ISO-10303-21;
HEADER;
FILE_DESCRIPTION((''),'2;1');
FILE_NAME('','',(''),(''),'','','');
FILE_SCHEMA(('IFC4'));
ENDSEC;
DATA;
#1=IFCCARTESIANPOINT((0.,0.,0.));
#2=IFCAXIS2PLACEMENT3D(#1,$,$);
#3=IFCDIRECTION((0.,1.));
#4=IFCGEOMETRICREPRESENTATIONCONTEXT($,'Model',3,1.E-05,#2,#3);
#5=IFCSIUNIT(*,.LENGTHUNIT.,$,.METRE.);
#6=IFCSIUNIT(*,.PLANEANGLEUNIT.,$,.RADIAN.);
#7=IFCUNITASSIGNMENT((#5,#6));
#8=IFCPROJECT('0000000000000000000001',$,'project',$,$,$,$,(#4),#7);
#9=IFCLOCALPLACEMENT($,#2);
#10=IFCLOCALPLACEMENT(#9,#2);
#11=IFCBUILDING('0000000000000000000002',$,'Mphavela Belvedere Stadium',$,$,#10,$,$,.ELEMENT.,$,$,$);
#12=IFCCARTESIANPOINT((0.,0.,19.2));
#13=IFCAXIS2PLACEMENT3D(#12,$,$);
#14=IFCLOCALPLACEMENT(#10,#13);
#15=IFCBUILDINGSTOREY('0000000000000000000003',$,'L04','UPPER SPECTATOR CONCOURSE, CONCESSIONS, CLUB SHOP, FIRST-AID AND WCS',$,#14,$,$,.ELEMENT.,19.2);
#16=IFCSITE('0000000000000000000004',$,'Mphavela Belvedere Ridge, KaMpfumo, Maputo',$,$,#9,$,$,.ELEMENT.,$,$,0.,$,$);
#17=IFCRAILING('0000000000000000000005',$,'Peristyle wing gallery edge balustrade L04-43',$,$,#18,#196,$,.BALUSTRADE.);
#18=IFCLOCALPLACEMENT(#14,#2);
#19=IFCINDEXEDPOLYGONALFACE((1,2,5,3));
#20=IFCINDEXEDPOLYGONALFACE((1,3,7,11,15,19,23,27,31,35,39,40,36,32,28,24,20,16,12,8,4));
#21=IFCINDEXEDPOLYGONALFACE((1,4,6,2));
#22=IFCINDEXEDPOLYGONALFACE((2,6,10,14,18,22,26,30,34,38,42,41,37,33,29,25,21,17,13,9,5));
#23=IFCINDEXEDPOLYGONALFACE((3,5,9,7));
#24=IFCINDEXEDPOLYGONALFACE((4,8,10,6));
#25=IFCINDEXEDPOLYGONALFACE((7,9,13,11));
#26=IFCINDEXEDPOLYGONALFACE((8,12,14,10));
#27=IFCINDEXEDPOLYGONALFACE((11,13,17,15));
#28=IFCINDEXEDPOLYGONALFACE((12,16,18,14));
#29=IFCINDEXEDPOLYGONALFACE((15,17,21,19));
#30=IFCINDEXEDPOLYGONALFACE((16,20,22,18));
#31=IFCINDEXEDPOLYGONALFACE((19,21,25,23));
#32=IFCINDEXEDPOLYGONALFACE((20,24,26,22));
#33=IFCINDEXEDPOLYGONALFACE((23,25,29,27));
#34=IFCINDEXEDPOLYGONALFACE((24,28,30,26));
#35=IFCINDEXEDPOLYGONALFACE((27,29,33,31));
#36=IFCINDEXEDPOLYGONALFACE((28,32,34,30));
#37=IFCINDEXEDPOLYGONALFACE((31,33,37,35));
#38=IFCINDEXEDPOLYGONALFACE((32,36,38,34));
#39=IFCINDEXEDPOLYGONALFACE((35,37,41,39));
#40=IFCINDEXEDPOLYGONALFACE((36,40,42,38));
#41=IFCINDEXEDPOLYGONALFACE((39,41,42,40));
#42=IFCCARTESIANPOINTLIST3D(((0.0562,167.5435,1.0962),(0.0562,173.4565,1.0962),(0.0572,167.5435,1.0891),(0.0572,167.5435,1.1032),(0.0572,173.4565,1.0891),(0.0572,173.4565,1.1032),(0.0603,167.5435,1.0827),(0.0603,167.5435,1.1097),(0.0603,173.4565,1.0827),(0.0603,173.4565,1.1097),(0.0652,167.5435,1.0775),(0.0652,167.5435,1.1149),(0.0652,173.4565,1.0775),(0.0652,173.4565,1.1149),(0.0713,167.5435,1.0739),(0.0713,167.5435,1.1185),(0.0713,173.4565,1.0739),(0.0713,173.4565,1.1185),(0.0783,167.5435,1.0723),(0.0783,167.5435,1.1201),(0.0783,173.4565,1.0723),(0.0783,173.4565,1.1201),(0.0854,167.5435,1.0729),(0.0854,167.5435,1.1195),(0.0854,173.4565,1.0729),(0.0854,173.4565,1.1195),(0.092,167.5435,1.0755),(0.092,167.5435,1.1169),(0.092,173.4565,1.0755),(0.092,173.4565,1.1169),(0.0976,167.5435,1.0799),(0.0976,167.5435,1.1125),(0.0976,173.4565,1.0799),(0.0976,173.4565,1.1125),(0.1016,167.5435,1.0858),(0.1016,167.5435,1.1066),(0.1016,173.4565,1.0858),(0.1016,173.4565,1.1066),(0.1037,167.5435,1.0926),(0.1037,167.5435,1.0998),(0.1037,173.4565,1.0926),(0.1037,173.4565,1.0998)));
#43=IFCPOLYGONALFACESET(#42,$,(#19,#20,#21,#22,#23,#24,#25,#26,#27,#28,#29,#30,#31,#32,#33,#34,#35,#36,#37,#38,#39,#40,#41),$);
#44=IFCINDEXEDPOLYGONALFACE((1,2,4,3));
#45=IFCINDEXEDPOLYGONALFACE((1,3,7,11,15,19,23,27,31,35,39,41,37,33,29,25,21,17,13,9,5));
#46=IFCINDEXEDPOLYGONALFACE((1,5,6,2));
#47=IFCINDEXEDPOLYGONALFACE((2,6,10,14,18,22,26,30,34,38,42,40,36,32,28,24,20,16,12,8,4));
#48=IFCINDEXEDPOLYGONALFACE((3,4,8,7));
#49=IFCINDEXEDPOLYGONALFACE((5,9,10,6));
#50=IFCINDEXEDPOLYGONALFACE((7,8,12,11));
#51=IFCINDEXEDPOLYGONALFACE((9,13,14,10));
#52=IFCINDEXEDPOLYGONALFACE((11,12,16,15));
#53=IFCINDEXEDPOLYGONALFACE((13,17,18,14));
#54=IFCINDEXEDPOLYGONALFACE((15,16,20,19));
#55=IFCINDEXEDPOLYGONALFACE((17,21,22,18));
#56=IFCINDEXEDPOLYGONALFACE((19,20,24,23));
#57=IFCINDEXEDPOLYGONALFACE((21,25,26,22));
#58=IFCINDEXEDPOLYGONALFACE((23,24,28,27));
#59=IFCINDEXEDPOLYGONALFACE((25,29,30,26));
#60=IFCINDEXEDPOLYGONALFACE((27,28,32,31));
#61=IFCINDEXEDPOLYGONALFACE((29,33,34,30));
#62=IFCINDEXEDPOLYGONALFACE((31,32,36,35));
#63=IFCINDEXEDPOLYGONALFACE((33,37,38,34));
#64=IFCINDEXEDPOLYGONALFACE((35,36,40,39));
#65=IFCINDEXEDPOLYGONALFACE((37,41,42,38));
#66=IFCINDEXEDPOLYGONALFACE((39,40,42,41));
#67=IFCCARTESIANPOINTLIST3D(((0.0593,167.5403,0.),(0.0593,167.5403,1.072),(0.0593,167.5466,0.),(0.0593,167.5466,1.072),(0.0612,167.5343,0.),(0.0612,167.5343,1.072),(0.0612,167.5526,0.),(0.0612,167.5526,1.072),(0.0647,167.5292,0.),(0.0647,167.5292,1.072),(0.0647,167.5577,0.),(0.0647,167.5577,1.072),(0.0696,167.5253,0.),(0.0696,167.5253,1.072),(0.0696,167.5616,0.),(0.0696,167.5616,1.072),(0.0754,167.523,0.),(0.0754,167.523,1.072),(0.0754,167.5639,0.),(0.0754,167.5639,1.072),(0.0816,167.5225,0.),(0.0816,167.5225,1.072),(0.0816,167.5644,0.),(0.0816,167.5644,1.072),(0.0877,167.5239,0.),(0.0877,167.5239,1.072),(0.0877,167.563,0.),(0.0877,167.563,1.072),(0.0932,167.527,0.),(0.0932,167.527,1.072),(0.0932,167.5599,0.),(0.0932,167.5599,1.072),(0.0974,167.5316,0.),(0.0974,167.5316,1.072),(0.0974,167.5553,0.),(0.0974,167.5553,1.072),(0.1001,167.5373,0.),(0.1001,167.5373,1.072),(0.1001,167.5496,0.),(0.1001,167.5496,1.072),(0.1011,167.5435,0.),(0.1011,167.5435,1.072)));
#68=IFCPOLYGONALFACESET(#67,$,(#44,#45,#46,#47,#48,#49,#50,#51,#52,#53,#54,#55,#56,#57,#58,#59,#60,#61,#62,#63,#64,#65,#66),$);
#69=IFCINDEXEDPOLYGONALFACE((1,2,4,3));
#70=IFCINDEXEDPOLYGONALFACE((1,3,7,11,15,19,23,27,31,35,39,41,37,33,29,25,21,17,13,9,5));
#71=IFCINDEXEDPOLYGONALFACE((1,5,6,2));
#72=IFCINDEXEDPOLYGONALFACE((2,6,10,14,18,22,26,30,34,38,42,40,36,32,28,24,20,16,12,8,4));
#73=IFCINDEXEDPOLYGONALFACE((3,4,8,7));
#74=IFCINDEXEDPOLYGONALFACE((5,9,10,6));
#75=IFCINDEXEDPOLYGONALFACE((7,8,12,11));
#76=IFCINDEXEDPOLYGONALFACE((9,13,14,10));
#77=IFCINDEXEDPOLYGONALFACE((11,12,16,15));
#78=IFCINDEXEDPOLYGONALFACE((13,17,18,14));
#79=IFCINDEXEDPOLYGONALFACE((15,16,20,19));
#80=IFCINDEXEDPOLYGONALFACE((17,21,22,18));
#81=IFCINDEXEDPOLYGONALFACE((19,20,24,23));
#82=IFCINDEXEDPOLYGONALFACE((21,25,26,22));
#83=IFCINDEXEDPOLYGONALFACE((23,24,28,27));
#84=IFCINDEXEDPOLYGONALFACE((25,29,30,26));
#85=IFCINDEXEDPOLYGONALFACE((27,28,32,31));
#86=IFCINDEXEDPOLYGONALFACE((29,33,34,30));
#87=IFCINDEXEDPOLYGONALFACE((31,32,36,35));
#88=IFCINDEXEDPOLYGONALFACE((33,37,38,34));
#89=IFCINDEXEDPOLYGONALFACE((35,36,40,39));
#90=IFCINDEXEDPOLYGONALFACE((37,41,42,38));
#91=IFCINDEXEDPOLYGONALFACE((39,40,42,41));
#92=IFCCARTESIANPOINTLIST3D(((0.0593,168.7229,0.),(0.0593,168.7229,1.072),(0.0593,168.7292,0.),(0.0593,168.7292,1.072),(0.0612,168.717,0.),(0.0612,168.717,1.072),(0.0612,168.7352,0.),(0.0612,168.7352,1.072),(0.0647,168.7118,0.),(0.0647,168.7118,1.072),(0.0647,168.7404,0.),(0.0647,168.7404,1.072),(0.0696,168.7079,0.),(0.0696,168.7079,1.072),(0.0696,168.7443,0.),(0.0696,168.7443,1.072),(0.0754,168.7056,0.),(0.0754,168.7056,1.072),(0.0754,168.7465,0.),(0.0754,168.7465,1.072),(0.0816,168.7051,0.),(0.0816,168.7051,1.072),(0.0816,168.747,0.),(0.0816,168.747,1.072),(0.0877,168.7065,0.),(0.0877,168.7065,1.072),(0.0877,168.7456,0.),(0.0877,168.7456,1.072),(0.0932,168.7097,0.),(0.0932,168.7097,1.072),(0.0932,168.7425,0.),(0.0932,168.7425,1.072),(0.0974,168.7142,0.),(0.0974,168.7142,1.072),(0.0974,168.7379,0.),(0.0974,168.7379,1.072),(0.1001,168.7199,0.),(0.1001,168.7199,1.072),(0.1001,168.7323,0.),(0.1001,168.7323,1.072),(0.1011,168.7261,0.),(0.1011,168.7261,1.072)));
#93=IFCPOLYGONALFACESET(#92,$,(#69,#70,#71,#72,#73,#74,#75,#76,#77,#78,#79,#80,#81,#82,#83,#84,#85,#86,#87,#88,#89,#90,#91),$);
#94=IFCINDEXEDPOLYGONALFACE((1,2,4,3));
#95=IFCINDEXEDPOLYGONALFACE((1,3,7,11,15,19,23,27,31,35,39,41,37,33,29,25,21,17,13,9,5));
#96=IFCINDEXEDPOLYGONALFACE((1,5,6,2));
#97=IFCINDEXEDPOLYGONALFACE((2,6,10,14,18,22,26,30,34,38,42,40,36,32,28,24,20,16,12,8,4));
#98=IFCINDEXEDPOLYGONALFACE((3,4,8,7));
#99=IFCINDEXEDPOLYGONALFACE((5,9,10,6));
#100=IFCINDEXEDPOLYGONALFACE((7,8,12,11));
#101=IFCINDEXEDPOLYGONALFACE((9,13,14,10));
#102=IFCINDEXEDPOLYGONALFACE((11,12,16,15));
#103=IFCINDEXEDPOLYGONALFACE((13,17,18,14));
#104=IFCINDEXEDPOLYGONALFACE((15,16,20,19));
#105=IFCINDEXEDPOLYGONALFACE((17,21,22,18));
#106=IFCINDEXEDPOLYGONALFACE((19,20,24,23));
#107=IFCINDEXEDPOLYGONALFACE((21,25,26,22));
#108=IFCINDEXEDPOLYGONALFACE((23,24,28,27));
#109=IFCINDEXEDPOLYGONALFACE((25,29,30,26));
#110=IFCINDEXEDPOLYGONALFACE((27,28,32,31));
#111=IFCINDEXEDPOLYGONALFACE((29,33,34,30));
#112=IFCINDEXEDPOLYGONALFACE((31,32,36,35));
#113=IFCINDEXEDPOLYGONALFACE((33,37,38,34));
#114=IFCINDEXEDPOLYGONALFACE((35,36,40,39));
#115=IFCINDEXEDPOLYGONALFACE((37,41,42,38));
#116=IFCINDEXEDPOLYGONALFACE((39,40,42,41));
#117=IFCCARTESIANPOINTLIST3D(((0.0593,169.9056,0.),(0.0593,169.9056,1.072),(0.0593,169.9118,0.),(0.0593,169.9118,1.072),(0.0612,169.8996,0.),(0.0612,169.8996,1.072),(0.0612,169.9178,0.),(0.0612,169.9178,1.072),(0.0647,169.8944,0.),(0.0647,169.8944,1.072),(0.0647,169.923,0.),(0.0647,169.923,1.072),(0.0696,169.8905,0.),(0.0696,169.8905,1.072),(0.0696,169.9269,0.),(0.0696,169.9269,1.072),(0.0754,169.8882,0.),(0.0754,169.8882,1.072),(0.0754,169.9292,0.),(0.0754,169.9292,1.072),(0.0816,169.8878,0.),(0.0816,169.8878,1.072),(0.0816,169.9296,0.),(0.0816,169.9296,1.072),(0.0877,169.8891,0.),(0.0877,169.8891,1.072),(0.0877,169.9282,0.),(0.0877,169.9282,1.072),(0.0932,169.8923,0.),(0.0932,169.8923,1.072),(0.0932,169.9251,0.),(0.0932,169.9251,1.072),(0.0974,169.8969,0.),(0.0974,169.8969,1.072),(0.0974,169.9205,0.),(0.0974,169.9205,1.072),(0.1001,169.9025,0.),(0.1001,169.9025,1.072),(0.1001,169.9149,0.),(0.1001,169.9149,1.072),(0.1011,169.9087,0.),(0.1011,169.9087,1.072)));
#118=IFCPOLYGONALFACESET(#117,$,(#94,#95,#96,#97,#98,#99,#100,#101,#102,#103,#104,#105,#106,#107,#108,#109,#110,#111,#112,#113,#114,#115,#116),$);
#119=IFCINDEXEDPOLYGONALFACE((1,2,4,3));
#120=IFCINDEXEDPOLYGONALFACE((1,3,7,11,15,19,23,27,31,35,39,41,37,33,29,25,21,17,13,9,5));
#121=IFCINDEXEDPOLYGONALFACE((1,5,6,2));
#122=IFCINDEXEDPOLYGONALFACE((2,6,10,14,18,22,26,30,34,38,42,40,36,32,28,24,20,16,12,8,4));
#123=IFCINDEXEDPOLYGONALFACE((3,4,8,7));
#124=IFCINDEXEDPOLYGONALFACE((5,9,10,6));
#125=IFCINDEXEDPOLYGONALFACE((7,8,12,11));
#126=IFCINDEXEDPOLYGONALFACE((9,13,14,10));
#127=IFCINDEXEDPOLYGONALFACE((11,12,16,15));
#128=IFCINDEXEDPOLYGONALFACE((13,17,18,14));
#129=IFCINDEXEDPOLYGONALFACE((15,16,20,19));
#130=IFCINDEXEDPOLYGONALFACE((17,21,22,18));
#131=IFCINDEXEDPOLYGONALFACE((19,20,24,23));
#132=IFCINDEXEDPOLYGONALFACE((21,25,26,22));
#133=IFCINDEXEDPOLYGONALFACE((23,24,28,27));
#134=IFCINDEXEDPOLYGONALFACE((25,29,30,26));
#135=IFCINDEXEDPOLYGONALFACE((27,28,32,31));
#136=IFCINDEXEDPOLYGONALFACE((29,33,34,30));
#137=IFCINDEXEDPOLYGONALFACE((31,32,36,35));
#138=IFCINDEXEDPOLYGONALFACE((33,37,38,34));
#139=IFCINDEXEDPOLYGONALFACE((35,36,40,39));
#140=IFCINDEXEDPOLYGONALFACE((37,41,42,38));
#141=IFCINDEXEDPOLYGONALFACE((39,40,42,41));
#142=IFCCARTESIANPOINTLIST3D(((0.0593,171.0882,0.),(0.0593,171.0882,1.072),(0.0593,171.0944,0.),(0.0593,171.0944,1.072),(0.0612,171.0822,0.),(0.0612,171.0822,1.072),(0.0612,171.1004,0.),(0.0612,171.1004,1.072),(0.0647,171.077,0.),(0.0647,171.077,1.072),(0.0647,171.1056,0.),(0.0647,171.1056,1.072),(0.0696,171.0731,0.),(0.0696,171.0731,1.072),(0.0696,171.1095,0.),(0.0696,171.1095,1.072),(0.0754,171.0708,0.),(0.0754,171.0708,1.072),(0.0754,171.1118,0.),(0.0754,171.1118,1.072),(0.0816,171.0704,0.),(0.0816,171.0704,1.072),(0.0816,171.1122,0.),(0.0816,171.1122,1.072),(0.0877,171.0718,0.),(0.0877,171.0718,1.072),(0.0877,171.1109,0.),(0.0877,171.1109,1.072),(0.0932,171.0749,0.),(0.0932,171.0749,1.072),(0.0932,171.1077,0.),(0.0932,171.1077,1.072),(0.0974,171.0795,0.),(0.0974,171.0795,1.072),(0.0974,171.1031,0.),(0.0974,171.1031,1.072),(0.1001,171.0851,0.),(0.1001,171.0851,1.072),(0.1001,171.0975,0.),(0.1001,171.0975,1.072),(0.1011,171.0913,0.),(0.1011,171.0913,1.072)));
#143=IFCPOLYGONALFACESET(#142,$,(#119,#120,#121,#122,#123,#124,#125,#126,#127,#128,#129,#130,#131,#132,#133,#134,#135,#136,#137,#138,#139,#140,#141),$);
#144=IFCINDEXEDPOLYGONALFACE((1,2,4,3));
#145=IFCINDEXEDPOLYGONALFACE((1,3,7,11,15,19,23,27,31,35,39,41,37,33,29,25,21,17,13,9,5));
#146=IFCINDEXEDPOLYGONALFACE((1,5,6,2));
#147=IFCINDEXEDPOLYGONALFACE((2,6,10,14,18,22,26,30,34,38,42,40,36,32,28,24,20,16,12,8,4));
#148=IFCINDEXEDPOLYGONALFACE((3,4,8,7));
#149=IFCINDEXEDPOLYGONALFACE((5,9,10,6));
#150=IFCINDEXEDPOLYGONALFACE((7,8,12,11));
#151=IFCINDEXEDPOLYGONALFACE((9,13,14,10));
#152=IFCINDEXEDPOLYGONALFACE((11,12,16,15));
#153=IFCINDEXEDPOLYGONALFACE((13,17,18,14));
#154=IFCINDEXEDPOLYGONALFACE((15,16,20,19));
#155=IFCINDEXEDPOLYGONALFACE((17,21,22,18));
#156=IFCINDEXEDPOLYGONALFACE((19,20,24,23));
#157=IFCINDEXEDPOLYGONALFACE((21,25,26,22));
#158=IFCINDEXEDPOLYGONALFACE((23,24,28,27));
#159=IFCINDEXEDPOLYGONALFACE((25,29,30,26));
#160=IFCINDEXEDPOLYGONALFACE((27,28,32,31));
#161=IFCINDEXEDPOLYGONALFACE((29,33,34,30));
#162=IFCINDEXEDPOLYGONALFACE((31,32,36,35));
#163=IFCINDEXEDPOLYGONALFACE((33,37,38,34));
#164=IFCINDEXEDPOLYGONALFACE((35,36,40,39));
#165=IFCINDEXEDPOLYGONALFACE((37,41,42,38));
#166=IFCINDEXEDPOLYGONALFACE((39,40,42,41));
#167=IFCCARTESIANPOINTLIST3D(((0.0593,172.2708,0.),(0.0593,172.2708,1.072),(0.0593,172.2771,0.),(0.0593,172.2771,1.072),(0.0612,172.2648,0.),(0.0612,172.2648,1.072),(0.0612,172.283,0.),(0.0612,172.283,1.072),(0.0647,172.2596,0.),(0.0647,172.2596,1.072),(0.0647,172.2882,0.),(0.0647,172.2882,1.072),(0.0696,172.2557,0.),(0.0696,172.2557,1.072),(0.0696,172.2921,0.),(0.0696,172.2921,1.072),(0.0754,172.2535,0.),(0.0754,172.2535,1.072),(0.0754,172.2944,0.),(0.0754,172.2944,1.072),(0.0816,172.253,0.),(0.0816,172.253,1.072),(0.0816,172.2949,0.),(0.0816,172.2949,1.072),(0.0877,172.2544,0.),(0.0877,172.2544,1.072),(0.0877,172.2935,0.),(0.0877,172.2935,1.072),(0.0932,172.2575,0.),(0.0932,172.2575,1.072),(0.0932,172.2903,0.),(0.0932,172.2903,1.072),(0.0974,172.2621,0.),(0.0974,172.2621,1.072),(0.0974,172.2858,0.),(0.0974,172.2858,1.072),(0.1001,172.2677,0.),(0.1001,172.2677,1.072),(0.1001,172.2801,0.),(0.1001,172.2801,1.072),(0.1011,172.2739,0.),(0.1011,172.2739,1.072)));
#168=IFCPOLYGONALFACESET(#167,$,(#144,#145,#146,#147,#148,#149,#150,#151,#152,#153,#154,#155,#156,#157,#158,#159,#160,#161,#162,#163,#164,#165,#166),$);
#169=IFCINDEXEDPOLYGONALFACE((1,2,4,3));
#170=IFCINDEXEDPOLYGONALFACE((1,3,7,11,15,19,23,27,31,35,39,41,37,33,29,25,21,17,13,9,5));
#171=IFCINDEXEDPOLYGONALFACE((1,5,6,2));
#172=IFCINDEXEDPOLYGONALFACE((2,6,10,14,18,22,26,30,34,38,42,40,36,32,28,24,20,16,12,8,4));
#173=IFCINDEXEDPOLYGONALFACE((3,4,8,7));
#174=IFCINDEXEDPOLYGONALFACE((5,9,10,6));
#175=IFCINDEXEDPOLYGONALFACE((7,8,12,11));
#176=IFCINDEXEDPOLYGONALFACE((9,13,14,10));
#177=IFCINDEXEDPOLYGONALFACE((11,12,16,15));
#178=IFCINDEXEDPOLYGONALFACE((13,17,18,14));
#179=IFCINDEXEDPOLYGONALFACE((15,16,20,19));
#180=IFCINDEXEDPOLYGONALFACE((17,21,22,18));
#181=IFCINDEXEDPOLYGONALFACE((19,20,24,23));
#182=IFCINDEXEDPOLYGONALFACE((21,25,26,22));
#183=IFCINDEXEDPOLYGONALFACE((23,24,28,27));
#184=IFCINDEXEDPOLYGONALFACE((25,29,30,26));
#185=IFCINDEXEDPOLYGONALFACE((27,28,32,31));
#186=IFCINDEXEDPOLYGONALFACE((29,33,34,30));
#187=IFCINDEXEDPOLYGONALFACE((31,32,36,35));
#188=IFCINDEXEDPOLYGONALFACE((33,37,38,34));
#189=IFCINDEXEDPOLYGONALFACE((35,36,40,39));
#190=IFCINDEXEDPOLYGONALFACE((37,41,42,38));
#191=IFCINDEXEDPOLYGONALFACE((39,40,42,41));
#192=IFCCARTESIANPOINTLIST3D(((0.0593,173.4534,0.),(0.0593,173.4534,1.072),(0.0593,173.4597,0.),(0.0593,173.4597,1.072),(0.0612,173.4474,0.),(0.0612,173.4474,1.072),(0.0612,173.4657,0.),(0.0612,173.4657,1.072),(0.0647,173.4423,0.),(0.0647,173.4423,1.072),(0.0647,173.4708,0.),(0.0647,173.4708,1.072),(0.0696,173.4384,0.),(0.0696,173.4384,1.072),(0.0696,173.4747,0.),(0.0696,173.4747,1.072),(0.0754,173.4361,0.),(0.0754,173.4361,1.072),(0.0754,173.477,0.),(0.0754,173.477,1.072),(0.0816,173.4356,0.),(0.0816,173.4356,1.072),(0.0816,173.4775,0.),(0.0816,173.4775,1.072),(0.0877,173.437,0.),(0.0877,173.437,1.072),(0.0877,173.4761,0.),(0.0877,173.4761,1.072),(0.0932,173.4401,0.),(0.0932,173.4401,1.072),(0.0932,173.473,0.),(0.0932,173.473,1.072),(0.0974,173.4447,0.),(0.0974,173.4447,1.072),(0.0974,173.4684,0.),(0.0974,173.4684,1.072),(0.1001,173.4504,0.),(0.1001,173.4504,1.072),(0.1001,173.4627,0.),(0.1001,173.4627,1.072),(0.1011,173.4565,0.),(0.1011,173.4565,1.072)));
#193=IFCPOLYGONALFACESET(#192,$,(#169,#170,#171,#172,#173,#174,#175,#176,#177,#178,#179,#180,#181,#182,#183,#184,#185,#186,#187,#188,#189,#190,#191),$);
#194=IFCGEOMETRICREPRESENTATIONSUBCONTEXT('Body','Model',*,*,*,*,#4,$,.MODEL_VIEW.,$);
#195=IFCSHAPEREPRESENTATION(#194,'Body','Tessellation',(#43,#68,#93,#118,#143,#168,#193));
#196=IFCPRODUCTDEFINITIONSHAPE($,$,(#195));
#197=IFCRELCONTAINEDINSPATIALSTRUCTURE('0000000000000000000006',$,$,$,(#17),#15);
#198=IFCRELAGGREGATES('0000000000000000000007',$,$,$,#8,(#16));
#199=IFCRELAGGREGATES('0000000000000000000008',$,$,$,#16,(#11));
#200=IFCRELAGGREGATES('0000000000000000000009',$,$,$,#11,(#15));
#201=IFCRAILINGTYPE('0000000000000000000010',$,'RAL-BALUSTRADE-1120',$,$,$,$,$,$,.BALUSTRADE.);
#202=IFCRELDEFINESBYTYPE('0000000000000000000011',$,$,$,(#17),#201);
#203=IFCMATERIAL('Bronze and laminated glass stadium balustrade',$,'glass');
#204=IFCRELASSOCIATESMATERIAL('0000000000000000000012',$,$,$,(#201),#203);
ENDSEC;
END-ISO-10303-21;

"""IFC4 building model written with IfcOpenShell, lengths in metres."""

from ifc_helpers import new_model, si_unit, direction, frame, origin, origin_2d, place, context, subcontext, project, spatial, circle, extrude, material, type_object, element, save


model = new_model("IFC4")

# Units and contexts
model_context = context("Model", 3, precision=1e-05, world=origin(), true_north=direction((0.0, 1.0)))
body_context = subcontext(model_context, "Body", "Model", "MODEL_VIEW")
ifc_project = project(units=[si_unit("LENGTHUNIT", "METRE"), si_unit("PLANEANGLEUNIT", "RADIAN")], contexts=[model_context])

# Site, building, storey
site_placement = place(None, origin())
site = spatial("IfcSite", under=ifc_project, at=site_placement, Name="Mphavela Belvedere Ridge, KaMpfumo, Maputo", CompositionType="ELEMENT", RefElevation=0.0)
building_placement = place(site_placement, origin())
building = spatial("IfcBuilding", under=site, at=building_placement, Name="Mphavela Belvedere Stadium", CompositionType="ELEMENT")
storey_placement = place(building_placement, frame((0.0, 0.0, 19.2)))
storey = spatial("IfcBuildingStorey", under=building, at=storey_placement, Name="L04", Description="UPPER SPECTATOR CONCOURSE, CONCESSIONS, CLUB SHOP, FIRST-AID AND WCS", CompositionType="ELEMENT", Elevation=19.2)

# Railing
ifc_material_1 = material(Name="Bronze and laminated glass stadium balustrade", Category="glass")
railing_type = type_object("IfcRailingType", Name="RAL-BALUSTRADE-1120", PredefinedType="BALUSTRADE", material=ifc_material_1)
for number, where, name in (
    (1, (0.0801, 167.5435, 0.0), "Peristyle wing gallery edge balustrade L04-43"),
):
    element("IfcRailing", number, at=place(storey_placement, frame(where)), inside=storey, type_object=railing_type, Name=name, PredefinedType="BALUSTRADE", context=body_context, shape_type="SweptSolid", body=[
        extrude(circle(Radius=0.0239, at=origin_2d()), frame((0.0, 0.0, 1.0962), z_axis=(0.0, 1.0, 0.0), x_axis=(-1.0, 0.0, 0.0)), (0.0, 0.0, 1.0), 5.9131),
        extrude(circle(Radius=0.021, at=origin_2d()), origin(), (0.0, 0.0, 1.0), 1.072),
        extrude(circle(Radius=0.021, at=origin_2d()), frame((0.0, 1.1826, 0.0)), (0.0, 0.0, 1.0), 1.072),
        extrude(circle(Radius=0.021, at=origin_2d()), frame((0.0, 2.3652, 0.0)), (0.0, 0.0, 1.0), 1.072),
        extrude(circle(Radius=0.021, at=origin_2d()), frame((0.0, 3.5479, 0.0)), (0.0, 0.0, 1.0), 1.072),
        extrude(circle(Radius=0.021, at=origin_2d()), frame((0.0, 4.7305, 0.0)), (0.0, 0.0, 1.0), 1.072),
        extrude(circle(Radius=0.021, at=origin_2d()), frame((0.0, 5.9131, 0.0)), (0.0, 0.0, 1.0), 1.072),
    ])

save(model, "model.ifc")
